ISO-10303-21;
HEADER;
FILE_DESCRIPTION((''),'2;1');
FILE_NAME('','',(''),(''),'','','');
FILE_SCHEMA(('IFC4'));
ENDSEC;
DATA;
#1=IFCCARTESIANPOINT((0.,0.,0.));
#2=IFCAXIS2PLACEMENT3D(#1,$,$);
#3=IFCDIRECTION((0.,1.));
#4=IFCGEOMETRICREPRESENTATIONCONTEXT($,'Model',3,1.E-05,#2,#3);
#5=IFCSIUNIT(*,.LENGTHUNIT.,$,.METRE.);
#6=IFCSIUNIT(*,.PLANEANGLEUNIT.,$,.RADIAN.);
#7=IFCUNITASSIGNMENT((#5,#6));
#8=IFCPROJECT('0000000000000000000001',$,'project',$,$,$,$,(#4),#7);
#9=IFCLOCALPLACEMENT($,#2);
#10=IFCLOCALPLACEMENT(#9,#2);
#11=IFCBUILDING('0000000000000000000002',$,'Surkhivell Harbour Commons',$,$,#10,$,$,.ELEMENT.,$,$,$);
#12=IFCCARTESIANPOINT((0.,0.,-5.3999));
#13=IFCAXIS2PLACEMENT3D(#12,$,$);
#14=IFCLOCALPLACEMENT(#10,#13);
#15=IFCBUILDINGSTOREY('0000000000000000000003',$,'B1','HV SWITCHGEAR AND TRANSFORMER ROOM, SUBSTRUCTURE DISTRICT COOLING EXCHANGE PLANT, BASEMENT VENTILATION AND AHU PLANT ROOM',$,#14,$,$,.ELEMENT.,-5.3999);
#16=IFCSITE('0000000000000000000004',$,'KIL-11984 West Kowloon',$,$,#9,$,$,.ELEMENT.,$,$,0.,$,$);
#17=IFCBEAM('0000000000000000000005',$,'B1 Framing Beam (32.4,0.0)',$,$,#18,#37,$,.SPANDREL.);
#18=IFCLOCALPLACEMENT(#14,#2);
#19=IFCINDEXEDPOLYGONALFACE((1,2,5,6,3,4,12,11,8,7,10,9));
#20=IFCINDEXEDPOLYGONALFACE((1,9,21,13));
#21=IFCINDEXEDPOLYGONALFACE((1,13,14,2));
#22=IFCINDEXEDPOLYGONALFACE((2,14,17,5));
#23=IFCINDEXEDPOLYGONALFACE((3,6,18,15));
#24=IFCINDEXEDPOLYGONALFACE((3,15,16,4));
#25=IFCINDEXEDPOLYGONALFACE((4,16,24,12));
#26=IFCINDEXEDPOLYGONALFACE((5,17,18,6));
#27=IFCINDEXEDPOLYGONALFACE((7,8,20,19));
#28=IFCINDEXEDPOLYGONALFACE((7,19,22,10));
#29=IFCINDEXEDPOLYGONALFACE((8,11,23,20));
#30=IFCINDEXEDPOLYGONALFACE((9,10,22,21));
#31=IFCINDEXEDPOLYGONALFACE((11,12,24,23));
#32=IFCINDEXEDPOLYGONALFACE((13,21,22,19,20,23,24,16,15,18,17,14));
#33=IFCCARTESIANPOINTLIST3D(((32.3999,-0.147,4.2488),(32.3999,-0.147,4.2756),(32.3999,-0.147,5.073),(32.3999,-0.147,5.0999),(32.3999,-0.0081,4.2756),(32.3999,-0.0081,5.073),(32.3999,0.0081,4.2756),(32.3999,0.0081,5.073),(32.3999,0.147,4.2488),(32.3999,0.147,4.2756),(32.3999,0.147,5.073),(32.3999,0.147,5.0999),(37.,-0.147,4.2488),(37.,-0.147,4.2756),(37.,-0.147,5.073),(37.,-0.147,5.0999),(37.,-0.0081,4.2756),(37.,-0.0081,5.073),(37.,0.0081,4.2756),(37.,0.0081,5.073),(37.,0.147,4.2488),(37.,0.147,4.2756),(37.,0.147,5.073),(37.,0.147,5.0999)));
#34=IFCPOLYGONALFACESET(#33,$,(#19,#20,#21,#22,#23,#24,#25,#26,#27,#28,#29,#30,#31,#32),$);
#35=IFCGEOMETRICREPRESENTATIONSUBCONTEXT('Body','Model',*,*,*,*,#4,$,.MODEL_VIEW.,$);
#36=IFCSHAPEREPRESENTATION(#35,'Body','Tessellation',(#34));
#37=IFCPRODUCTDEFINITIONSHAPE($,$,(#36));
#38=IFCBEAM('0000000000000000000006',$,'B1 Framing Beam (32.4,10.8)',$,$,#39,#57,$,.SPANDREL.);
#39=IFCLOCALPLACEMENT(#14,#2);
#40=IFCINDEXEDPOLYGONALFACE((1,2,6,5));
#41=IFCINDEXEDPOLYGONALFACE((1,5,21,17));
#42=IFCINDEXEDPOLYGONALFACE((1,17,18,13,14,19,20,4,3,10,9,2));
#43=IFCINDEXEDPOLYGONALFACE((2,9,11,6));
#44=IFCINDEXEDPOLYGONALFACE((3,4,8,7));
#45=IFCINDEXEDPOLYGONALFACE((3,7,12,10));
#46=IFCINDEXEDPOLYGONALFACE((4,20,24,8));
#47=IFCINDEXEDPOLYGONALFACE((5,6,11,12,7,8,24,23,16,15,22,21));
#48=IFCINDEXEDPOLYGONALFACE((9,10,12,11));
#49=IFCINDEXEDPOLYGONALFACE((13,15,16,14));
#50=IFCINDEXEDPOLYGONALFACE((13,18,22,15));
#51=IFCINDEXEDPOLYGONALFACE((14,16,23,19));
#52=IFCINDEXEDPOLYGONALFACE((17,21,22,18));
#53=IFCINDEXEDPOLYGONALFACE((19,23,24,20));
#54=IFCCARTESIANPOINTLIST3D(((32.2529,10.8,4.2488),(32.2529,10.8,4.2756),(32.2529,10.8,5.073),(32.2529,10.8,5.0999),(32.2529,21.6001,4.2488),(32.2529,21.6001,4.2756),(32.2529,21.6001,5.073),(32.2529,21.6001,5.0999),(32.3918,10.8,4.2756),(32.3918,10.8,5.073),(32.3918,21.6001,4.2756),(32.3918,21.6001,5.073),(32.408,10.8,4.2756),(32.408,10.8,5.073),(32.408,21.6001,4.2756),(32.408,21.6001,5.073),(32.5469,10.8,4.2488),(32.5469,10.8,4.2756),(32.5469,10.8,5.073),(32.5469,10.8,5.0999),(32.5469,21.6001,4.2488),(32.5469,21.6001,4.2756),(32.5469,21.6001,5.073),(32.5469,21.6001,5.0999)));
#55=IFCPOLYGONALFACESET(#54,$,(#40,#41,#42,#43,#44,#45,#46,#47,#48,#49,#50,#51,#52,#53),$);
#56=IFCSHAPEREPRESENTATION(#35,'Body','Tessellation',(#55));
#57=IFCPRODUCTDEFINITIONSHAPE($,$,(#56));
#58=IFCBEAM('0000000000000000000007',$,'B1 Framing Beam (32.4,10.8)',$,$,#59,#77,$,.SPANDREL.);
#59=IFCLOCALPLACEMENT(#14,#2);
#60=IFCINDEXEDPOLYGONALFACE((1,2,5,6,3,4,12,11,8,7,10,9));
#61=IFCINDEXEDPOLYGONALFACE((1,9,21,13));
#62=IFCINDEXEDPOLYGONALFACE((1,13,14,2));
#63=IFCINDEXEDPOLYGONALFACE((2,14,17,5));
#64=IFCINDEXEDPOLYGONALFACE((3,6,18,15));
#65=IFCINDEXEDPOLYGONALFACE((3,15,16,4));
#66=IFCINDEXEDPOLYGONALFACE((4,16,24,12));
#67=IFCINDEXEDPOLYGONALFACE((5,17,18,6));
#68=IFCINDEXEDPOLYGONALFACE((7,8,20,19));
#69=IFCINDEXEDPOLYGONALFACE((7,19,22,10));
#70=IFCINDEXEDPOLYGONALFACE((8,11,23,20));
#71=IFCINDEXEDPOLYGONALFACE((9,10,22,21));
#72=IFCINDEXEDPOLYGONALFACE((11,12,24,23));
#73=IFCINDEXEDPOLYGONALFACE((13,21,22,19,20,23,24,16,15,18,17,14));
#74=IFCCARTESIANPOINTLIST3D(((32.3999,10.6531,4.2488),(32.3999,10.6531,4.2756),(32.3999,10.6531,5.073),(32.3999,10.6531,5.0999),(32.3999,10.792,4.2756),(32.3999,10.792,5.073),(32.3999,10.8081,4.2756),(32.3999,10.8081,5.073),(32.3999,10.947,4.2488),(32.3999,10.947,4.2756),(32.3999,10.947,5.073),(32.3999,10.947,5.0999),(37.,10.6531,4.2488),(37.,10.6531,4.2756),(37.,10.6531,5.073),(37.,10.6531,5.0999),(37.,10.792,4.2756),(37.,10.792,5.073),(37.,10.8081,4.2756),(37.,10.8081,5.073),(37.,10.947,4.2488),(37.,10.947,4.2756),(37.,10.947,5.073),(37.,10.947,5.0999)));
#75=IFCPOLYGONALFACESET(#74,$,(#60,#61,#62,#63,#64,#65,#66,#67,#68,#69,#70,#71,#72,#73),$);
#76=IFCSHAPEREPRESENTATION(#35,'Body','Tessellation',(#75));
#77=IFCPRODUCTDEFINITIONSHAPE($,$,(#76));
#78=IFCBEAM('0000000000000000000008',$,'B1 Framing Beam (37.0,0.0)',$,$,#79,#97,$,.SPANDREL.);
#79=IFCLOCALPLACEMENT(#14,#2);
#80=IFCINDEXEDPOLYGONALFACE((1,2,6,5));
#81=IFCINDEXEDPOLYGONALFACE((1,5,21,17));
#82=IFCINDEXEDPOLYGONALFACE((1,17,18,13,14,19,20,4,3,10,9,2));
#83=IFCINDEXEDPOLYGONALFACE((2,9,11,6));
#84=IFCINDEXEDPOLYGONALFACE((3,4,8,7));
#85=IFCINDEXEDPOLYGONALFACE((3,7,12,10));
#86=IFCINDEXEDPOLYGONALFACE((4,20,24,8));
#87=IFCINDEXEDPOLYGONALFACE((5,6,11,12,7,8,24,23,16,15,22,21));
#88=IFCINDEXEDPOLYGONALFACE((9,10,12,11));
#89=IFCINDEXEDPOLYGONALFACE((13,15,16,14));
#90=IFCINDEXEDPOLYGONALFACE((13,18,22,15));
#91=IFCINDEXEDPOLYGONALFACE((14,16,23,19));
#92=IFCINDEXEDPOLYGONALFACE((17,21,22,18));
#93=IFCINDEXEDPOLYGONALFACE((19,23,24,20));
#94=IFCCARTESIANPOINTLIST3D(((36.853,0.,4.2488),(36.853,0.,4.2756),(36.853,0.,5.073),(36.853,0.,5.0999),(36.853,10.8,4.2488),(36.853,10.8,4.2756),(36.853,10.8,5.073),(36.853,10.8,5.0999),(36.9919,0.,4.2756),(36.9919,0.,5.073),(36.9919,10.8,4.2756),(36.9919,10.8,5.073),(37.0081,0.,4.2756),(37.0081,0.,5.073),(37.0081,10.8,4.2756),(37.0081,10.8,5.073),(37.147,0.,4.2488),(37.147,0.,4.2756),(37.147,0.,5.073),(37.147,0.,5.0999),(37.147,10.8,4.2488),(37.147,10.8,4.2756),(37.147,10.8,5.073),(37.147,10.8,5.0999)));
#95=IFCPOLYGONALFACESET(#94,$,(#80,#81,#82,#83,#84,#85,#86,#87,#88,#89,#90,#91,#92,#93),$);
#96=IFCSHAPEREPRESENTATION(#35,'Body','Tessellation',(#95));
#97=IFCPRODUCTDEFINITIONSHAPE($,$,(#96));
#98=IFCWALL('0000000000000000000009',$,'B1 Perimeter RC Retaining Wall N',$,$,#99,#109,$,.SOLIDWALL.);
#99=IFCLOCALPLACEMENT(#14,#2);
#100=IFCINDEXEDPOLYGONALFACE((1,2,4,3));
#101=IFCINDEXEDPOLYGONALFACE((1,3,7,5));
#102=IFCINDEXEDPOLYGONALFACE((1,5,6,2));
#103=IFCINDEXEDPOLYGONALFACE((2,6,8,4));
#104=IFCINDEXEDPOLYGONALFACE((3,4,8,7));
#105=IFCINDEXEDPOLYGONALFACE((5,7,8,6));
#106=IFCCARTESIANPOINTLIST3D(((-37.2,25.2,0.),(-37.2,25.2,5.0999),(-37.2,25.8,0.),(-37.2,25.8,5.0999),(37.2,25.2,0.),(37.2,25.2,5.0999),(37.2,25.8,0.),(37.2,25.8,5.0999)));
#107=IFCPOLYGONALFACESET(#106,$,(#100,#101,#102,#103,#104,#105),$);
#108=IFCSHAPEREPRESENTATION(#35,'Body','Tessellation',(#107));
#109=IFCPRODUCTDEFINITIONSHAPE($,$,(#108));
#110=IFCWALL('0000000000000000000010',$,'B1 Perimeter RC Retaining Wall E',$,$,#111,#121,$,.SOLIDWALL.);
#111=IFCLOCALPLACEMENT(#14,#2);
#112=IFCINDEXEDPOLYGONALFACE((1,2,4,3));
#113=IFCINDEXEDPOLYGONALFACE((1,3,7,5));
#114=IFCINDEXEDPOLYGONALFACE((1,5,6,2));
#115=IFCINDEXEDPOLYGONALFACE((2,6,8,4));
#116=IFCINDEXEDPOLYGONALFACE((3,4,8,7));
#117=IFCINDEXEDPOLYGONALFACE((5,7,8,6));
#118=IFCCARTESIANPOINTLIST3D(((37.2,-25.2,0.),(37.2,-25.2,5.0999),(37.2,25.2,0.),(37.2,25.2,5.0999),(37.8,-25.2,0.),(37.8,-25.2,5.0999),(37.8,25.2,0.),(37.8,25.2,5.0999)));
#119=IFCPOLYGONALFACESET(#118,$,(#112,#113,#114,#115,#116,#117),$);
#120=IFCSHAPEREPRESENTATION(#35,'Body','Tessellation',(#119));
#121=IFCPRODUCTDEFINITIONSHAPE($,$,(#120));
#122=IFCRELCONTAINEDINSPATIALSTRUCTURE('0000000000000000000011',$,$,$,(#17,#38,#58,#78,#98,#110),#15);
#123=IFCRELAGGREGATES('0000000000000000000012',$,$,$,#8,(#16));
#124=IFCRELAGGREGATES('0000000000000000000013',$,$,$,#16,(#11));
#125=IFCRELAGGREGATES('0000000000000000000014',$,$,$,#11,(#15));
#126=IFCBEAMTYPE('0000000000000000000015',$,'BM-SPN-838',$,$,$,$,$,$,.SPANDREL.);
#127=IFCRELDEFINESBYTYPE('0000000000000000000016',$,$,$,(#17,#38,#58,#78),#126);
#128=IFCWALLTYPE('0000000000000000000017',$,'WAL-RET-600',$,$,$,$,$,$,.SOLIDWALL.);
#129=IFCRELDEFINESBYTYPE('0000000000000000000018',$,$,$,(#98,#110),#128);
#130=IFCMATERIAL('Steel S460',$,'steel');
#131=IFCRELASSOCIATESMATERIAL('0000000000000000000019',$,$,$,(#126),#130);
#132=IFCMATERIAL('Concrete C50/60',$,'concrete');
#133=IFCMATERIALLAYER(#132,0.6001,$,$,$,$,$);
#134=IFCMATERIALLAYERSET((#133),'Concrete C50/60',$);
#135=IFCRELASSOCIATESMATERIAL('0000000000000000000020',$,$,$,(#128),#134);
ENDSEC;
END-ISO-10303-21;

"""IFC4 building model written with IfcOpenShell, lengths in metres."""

from ifc_helpers import new_model, si_unit, direction, frame, frame_2d, origin, origin_2d, place, context, subcontext, project, spatial, rectangle, i_section, extrude, material, layer, layer_set, material_profile, profile_set, type_object, element, save


model = new_model("IFC4")

# Units and contexts
model_context = context("Model", 3, precision=1e-05, world=origin(), true_north=direction((0.0, 1.0)))
body_context = subcontext(model_context, "Body", "Model", "MODEL_VIEW")
ifc_project = project(units=[si_unit("LENGTHUNIT", "METRE"), si_unit("PLANEANGLEUNIT", "RADIAN")], contexts=[model_context])

# Site, building, storey
site_placement = place(None, origin())
site = spatial("IfcSite", under=ifc_project, at=site_placement, Name="KIL-11984 West Kowloon", CompositionType="ELEMENT", RefElevation=0.0)
building_placement = place(site_placement, origin())
building = spatial("IfcBuilding", under=site, at=building_placement, Name="Surkhivell Harbour Commons", CompositionType="ELEMENT")
storey_placement = place(building_placement, frame((0.0, 0.0, -5.3999)))
storey = spatial("IfcBuildingStorey", under=building, at=storey_placement, Name="B1", Description="HV SWITCHGEAR AND TRANSFORMER ROOM, SUBSTRUCTURE DISTRICT COOLING EXCHANGE PLANT, BASEMENT VENTILATION AND AHU PLANT ROOM", CompositionType="ELEMENT", Elevation=-5.3999)

# Shared definitions
ifc_material_1 = material(Name="Concrete C50/60", Category="concrete")

# Beams
ifc_material_2 = material(Name="Steel S460", Category="steel")
ifc_material_profile_1 = material_profile(ifc_material_2, i_section(OverallWidth=0.2939, OverallDepth=0.8511, WebThickness=0.0161, FlangeThickness=0.0269, at=origin_2d()), Name="UB838x292x226")
ifc_profile_set_1 = profile_set([ifc_material_profile_1], Name="Steel S460")
beam_type = type_object("IfcBeamType", Name="BM-SPN-838", PredefinedType="SPANDREL", material=ifc_profile_set_1)
beam_1_placement = place(storey_placement, frame((32.3999, 0.0, 4.6743), z_axis=(1.0, 0.0, 0.0), x_axis=(0.0, 1.0, 0.0)))
element("IfcBeam", 1, at=beam_1_placement, inside=storey, type_object=beam_type, Name="B1 Framing Beam (32.4,0.0)", PredefinedType="SPANDREL", context=body_context, shape_type="SweptSolid", body=[
    extrude(i_section(OverallWidth=0.2939, OverallDepth=0.8511, WebThickness=0.0161, FlangeThickness=0.0269, at=origin_2d()), origin(), (0.0, 0.0, 1.0), 4.6001),
])
beam_2_placement = place(storey_placement, frame((32.3999, 10.8, 4.6743), z_axis=(0.0, 1.0, 0.0), x_axis=(-1.0, 0.0, 0.0)))
element("IfcBeam", 2, at=beam_2_placement, inside=storey, type_object=beam_type, Name="B1 Framing Beam (32.4,10.8)", PredefinedType="SPANDREL", context=body_context, shape_type="SweptSolid", body=[
    extrude(i_section(OverallWidth=0.2939, OverallDepth=0.8511, WebThickness=0.0161, FlangeThickness=0.0269, at=origin_2d()), origin(), (0.0, 0.0, 1.0), 10.8),
])
beam_3_placement = place(storey_placement, frame((32.3999, 10.8, 4.6743), z_axis=(1.0, 0.0, 0.0), x_axis=(0.0, 1.0, 0.0)))
element("IfcBeam", 3, at=beam_3_placement, inside=storey, type_object=beam_type, Name="B1 Framing Beam (32.4,10.8)", PredefinedType="SPANDREL", context=body_context, shape_type="SweptSolid", body=[
    extrude(i_section(OverallWidth=0.2939, OverallDepth=0.8511, WebThickness=0.0161, FlangeThickness=0.0269, at=origin_2d()), origin(), (0.0, 0.0, 1.0), 4.6001),
])
beam_4_placement = place(storey_placement, frame((37.0, 0.0, 4.6743), z_axis=(0.0, 1.0, 0.0), x_axis=(-1.0, 0.0, 0.0)))
element("IfcBeam", 4, at=beam_4_placement, inside=storey, type_object=beam_type, Name="B1 Framing Beam (37.0,0.0)", PredefinedType="SPANDREL", context=body_context, shape_type="SweptSolid", body=[
    extrude(i_section(OverallWidth=0.2939, OverallDepth=0.8511, WebThickness=0.0161, FlangeThickness=0.0269, at=origin_2d()), origin(), (0.0, 0.0, 1.0), 10.8),
])

# Walls
ifc_layer = layer(ifc_material_1, 0.6001)
ifc_layer_set = layer_set([ifc_layer], Name="Concrete C50/60")
wall_type = type_object("IfcWallType", Name="WAL-RET-600", PredefinedType="SOLIDWALL", material=ifc_layer_set)
wall_1_placement = place(storey_placement, frame((37.2, 25.5, 0.0), z_axis=(0.0, 0.0, 1.0), x_axis=(-1.0, 0.0, 0.0)))
element("IfcWall", 5, at=wall_1_placement, inside=storey, type_object=wall_type, Name="B1 Perimeter RC Retaining Wall N", PredefinedType="SOLIDWALL", context=body_context, shape_type="SweptSolid", body=[
    extrude(rectangle(XDim=74.3999, YDim=0.6001, at=frame_2d((37.2, 0.0))), origin(), (0.0, 0.0, 1.0), 5.0999),
])
wall_2_placement = place(storey_placement, frame((37.5, 25.2, 0.0), z_axis=(0.0, 0.0, 1.0), x_axis=(0.0, -1.0, 0.0)))
element("IfcWall", 6, at=wall_2_placement, inside=storey, type_object=wall_type, Name="B1 Perimeter RC Retaining Wall E", PredefinedType="SOLIDWALL", context=body_context, shape_type="SweptSolid", body=[
    extrude(rectangle(XDim=50.3999, YDim=0.6001, at=frame_2d((25.2, 0.0))), origin(), (0.0, 0.0, 1.0), 5.0999),
])

save(model, "model.ifc")
